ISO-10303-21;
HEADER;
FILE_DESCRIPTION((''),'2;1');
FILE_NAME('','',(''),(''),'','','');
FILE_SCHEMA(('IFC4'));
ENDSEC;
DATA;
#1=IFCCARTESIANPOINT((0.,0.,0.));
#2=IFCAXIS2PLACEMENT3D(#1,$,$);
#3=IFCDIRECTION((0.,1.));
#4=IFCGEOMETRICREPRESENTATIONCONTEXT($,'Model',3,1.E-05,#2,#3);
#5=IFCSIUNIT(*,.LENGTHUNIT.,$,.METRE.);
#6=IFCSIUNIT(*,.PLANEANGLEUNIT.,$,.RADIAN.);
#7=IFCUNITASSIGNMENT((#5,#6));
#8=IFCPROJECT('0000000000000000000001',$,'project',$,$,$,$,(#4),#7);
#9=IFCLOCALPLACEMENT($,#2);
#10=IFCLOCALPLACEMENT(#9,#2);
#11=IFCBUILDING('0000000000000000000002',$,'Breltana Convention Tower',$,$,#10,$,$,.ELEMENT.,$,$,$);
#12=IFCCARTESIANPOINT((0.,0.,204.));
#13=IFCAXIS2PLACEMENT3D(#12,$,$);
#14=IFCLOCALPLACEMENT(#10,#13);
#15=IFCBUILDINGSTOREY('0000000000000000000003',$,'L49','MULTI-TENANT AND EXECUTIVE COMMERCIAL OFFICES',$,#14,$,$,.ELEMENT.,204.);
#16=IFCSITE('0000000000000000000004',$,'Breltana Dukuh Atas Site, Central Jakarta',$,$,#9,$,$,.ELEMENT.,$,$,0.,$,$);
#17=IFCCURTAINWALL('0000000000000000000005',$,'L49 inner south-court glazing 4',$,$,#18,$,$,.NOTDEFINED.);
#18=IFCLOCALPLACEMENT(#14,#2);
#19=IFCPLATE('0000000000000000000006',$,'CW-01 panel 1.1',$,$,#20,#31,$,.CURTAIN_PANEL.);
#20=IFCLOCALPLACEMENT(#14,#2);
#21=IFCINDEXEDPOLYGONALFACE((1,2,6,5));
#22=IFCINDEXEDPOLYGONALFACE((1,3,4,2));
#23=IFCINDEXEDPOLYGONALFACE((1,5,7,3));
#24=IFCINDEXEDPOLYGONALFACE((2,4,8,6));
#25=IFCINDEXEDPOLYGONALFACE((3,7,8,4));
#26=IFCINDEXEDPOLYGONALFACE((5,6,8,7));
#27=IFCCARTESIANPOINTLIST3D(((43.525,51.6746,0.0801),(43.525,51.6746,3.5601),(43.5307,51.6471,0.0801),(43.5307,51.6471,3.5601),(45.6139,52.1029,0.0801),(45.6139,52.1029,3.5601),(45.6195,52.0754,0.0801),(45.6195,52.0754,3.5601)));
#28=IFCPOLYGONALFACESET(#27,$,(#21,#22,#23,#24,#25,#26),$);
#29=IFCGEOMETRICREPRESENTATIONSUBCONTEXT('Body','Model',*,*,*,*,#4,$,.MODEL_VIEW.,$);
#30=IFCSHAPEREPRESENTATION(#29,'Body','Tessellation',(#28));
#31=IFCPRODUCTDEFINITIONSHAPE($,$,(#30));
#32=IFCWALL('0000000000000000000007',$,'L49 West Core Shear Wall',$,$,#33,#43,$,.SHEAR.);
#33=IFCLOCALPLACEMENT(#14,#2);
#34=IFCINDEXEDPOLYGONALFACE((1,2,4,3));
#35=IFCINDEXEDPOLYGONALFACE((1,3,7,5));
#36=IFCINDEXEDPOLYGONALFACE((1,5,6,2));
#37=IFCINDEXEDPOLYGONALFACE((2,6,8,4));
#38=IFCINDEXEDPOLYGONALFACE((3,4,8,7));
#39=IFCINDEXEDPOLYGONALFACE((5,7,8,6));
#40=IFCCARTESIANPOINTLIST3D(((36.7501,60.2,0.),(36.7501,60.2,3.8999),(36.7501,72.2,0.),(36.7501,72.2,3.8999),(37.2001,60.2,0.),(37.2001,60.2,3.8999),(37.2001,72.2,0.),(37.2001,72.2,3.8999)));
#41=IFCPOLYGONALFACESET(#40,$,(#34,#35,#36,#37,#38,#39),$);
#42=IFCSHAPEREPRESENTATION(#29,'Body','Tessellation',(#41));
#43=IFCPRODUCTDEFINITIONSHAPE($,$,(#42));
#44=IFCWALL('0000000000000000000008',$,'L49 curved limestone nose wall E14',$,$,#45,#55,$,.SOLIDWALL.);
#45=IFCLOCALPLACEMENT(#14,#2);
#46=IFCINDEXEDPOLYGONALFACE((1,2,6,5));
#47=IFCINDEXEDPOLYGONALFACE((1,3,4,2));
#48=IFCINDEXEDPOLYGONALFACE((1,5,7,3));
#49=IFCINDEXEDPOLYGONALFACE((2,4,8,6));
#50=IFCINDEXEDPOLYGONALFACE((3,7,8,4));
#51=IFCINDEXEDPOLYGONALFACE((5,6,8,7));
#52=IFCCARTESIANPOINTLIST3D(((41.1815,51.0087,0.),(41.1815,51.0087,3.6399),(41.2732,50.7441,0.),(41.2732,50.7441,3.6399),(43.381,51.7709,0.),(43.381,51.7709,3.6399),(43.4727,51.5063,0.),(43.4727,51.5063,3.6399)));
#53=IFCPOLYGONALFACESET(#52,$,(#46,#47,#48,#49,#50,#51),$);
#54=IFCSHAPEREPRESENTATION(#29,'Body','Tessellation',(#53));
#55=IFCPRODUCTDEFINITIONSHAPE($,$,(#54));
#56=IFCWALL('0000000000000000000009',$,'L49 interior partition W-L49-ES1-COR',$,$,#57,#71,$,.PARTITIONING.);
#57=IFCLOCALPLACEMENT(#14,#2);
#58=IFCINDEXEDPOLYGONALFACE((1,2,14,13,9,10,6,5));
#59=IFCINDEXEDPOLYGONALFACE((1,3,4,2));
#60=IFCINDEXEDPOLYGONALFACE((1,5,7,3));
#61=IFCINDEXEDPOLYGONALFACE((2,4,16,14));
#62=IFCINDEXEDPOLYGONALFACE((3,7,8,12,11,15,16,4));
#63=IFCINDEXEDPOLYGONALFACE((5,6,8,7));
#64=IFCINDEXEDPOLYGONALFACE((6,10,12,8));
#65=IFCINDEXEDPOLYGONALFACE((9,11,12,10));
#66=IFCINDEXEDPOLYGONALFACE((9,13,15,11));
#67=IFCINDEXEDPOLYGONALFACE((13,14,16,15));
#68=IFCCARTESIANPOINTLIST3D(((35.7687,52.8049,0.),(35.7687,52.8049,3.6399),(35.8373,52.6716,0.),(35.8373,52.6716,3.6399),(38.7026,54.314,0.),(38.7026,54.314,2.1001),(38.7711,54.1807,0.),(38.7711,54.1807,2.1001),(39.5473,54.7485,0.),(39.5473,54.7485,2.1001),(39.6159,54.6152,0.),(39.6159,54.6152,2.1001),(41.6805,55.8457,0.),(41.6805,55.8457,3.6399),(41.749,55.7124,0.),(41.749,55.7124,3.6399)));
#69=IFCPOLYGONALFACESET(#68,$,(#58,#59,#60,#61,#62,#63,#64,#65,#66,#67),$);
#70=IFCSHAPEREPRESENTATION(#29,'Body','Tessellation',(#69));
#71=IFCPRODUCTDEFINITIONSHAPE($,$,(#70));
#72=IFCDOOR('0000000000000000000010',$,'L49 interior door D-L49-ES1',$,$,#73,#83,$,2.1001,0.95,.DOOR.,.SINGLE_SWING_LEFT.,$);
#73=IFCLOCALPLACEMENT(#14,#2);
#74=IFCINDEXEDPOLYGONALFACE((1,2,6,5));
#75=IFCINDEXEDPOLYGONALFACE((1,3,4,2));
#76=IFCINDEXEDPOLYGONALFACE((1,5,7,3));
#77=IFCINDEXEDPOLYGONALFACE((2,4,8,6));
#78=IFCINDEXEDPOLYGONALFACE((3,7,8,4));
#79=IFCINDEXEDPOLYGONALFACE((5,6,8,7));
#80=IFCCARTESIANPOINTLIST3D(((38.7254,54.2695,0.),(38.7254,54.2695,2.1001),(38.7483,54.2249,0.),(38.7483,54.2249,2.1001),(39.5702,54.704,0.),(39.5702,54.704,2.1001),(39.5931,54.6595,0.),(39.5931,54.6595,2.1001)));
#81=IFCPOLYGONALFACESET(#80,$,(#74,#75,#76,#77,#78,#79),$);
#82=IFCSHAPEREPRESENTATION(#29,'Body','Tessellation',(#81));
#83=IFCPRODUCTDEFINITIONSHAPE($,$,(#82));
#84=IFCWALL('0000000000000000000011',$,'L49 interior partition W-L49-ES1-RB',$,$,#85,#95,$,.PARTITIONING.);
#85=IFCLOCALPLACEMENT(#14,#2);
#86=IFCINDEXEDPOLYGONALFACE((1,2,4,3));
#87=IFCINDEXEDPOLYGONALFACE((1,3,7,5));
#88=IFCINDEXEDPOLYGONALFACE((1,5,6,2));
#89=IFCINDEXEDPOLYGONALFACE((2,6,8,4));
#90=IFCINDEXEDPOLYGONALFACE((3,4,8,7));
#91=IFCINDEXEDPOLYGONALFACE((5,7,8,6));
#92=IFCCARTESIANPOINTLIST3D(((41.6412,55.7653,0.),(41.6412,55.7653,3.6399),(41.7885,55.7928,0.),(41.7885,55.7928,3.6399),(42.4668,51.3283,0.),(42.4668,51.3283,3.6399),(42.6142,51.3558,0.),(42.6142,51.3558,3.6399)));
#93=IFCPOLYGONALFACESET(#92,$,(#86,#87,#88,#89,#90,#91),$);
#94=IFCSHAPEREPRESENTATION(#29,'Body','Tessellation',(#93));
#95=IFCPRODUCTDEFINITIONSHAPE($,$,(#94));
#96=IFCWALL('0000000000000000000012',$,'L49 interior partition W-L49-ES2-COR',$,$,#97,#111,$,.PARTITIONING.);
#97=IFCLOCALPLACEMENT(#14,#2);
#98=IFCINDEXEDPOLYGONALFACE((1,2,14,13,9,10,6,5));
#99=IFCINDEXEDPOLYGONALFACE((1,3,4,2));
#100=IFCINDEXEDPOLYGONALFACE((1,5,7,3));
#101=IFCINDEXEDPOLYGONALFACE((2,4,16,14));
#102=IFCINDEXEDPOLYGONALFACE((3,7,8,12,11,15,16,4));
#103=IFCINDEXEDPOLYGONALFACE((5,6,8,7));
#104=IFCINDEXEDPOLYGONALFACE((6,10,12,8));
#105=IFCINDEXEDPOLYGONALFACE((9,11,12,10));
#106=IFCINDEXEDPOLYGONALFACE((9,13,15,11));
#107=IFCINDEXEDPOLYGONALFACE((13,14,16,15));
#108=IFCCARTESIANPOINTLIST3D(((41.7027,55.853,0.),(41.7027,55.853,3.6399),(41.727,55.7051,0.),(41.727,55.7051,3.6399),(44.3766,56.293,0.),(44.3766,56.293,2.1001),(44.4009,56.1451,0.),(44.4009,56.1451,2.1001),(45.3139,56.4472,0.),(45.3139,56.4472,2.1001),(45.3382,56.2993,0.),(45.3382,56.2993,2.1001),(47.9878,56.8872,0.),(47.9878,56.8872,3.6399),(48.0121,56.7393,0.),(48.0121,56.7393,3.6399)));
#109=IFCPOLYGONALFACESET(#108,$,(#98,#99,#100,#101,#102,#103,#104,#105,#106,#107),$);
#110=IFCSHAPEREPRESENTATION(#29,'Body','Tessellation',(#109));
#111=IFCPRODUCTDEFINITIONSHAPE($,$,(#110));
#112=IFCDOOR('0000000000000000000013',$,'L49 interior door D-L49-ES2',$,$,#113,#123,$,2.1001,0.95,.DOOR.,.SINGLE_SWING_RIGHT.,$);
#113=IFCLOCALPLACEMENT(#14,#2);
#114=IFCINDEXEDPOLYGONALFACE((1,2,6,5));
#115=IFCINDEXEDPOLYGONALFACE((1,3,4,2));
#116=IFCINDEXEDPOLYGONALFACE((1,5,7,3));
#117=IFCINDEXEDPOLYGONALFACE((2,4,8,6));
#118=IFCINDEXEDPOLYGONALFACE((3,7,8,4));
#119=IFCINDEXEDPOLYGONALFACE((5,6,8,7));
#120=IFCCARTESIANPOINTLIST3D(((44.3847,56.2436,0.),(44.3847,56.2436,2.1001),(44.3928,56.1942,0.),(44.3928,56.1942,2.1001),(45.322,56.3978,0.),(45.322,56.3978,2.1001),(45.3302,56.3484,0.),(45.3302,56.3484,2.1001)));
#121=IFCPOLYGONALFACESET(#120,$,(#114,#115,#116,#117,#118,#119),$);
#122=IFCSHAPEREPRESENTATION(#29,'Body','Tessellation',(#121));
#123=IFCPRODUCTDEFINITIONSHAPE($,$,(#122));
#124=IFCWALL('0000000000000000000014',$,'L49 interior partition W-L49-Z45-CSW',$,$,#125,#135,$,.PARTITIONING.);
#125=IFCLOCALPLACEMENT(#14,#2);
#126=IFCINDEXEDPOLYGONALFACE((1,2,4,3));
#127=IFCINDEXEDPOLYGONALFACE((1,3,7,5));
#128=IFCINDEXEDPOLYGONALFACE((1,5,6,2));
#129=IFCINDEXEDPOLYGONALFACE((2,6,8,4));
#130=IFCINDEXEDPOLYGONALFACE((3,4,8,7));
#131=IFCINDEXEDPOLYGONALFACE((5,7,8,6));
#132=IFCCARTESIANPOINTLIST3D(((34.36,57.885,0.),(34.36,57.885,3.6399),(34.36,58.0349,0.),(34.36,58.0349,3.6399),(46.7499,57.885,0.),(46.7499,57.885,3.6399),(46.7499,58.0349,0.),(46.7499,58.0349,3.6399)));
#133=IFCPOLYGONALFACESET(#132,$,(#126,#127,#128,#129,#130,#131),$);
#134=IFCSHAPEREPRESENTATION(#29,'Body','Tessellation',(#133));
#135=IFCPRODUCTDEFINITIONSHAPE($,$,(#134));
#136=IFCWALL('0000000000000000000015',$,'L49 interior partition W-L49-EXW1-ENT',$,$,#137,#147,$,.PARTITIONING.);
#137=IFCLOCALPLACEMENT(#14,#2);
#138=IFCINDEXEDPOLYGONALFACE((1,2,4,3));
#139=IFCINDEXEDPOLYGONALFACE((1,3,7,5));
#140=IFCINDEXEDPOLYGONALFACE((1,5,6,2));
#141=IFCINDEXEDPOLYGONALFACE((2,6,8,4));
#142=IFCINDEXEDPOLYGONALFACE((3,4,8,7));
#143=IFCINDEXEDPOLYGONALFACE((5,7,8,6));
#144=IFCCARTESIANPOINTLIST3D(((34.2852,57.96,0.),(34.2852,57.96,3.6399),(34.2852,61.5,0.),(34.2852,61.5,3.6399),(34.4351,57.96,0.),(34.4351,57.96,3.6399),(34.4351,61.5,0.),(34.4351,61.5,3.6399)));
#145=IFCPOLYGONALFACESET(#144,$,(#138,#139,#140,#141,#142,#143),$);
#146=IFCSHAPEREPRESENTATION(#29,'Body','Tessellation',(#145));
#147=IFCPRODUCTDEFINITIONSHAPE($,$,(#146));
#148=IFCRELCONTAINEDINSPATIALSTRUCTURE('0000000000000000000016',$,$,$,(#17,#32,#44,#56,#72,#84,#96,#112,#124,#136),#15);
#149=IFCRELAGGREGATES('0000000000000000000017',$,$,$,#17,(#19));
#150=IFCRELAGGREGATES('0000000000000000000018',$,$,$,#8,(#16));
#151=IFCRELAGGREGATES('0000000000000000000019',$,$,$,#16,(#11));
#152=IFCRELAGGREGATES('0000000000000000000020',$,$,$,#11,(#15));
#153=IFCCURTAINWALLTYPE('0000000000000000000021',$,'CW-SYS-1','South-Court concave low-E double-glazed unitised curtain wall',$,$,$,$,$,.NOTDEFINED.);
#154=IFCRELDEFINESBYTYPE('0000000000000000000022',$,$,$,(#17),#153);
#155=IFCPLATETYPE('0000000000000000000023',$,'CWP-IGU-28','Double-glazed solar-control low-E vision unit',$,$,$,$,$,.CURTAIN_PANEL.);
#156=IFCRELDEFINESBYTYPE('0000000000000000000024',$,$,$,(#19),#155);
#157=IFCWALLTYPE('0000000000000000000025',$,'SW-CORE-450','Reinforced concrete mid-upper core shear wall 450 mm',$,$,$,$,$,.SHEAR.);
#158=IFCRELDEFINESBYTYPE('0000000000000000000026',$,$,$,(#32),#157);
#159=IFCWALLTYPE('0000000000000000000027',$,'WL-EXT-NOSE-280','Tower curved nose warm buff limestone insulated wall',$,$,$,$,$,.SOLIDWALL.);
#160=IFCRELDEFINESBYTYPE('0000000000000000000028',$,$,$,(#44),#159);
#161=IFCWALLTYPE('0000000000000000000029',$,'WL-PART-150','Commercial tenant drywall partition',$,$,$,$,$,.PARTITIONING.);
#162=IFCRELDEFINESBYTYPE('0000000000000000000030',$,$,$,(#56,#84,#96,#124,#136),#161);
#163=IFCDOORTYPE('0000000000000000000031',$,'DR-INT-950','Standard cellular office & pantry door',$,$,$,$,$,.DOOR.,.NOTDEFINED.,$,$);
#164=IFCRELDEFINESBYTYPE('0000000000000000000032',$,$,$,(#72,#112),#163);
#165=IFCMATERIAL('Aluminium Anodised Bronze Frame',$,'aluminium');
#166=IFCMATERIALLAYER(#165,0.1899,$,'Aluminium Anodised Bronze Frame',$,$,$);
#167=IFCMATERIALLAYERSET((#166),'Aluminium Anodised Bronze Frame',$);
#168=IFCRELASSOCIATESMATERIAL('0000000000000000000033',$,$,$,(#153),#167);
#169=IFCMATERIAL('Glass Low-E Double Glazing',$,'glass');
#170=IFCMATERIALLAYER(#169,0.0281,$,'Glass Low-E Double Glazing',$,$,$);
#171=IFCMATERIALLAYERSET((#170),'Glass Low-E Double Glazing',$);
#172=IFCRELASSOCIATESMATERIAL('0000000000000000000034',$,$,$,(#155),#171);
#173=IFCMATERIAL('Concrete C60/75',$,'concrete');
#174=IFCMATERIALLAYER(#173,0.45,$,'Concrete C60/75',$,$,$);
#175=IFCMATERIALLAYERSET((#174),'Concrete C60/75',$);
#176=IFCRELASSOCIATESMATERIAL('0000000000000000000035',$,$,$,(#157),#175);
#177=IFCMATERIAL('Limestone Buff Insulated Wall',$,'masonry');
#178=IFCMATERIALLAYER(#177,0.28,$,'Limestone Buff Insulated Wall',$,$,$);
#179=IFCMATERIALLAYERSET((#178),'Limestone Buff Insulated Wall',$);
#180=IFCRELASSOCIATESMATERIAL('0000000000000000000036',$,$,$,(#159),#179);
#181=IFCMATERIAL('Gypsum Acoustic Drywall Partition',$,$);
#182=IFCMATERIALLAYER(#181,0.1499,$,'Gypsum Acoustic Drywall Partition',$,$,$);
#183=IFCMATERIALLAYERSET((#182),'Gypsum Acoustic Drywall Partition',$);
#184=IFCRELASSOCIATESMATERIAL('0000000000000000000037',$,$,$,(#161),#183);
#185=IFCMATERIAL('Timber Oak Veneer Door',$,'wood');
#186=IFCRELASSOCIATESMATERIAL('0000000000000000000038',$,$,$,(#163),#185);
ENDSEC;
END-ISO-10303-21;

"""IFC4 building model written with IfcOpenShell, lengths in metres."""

from ifc_helpers import new_model, si_unit, direction, frame, frame_2d, origin, origin_2d, place, context, subcontext, project, spatial, rectangle, extrude, source, transform, mapped, material, layer, layer_set, type_object, type_shapes, element, fill, aggregate, save


model = new_model("IFC4")

# Units and contexts
model_context = context("Model", 3, precision=1e-05, world=origin(), true_north=direction((0.0, 1.0)))
body_context = subcontext(model_context, "Body", "Model", "MODEL_VIEW")
ifc_project = project(units=[si_unit("LENGTHUNIT", "METRE"), si_unit("PLANEANGLEUNIT", "RADIAN")], contexts=[model_context])

# Site, building, storey
site_placement = place(None, origin())
site = spatial("IfcSite", under=ifc_project, at=site_placement, Name="Breltana Dukuh Atas Site, Central Jakarta", CompositionType="ELEMENT", RefElevation=0.0)
building_placement = place(site_placement, origin())
building = spatial("IfcBuilding", under=site, at=building_placement, Name="Breltana Convention Tower", CompositionType="ELEMENT")
storey_placement = place(building_placement, frame((0.0, 0.0, 204.0)))
storey = spatial("IfcBuildingStorey", under=building, at=storey_placement, Name="L49", Description="MULTI-TENANT AND EXECUTIVE COMMERCIAL OFFICES", CompositionType="ELEMENT", Elevation=204.0)

# Curtain wall, plate
ifc_material_1 = material(Name="Aluminium Anodised Bronze Frame", Category="aluminium")
ifc_layer_1 = layer(ifc_material_1, 0.1899, Name="Aluminium Anodised Bronze Frame")
ifc_layer_set_1 = layer_set([ifc_layer_1], Name="Aluminium Anodised Bronze Frame")
curtain_wall_type = type_object("IfcCurtainWallType", Name="CW-SYS-1", Description="South-Court concave low-E double-glazed unitised curtain wall", PredefinedType="NOTDEFINED", material=ifc_layer_set_1)
curtain_wall_placement = place(storey_placement, origin())
curtain_wall = element("IfcCurtainWall", 1, at=curtain_wall_placement, inside=storey, type_object=curtain_wall_type, Name="L49 inner south-court glazing 4", PredefinedType="NOTDEFINED")
ifc_material_2 = material(Name="Glass Low-E Double Glazing", Category="glass")
ifc_layer_2 = layer(ifc_material_2, 0.0281, Name="Glass Low-E Double Glazing")
ifc_layer_set_2 = layer_set([ifc_layer_2], Name="Glass Low-E Double Glazing")
plate_type = type_object("IfcPlateType", Name="CWP-IGU-28", Description="Double-glazed solar-control low-E vision unit", PredefinedType="CURTAIN_PANEL", material=ifc_layer_set_2)
shared_shape_1 = source(origin(), body_context, "Body", "SweptSolid", [
    extrude(rectangle(XDim=2.1323, YDim=0.0281, at=origin_2d()), origin(), (0.0, 0.0, 1.0), 3.48),
])
plate_placement = place(storey_placement, frame((44.5723, 51.875, 0.0801), z_axis=(0.0, 0.0, 1.0), x_axis=(-0.979621, -0.200854, 0.0)))
plate = element("IfcPlate", 2, at=plate_placement, type_object=plate_type, Name="CW-01 panel 1.1", PredefinedType="CURTAIN_PANEL", context=body_context, shape_type="MappedRepresentation", body=[
    mapped(shared_shape_1, transform((0.0, 0.0, 0.0), scale=1.0)),
])
aggregate(curtain_wall, [plate])

# Wall
ifc_material_3 = material(Name="Concrete C60/75", Category="concrete")
ifc_layer_3 = layer(ifc_material_3, 0.45, Name="Concrete C60/75")
ifc_layer_set_3 = layer_set([ifc_layer_3], Name="Concrete C60/75")
wall_type_1 = type_object("IfcWallType", Name="SW-CORE-450", Description="Reinforced concrete mid-upper core shear wall 450 mm", PredefinedType="SHEAR", material=ifc_layer_set_3)
shared_shape_2 = source(origin(), body_context, "Body", "SweptSolid", [
    extrude(rectangle(XDim=12.0, YDim=0.45, at=frame_2d((6.0, 0.0))), origin(), (0.0, 0.0, 1.0), 3.8999),
])
wall_1_placement = place(storey_placement, frame((36.9751, 60.2, 0.0), z_axis=(0.0, 0.0, 1.0), x_axis=(0.0, 1.0, 0.0)))
element("IfcWall", 3, at=wall_1_placement, inside=storey, type_object=wall_type_1, Name="L49 West Core Shear Wall", PredefinedType="SHEAR", context=body_context, shape_type="MappedRepresentation", body=[
    mapped(shared_shape_2, transform((0.0, 0.0, 0.0), scale=1.0)),
])

# Wall
ifc_material_4 = material(Name="Limestone Buff Insulated Wall", Category="masonry")
ifc_layer_4 = layer(ifc_material_4, 0.28, Name="Limestone Buff Insulated Wall")
ifc_layer_set_4 = layer_set([ifc_layer_4], Name="Limestone Buff Insulated Wall")
wall_type_2 = type_object("IfcWallType", Name="WL-EXT-NOSE-280", Description="Tower curved nose warm buff limestone insulated wall", PredefinedType="SOLIDWALL", material=ifc_layer_set_4)
shared_shape_3 = source(origin(), body_context, "Body", "SweptSolid", [
    extrude(rectangle(XDim=2.3279, YDim=0.28, at=frame_2d((1.1641, 0.0))), origin(), (0.0, 0.0, 1.0), 3.6399),
])
wall_2_placement = place(storey_placement, frame((43.427, 51.6387, 0.0), z_axis=(0.0, 0.0, 1.0), x_axis=(-0.944873, -0.327438, 0.0)))
element("IfcWall", 4, at=wall_2_placement, inside=storey, type_object=wall_type_2, Name="L49 curved limestone nose wall E14", PredefinedType="SOLIDWALL", context=body_context, shape_type="MappedRepresentation", body=[
    mapped(shared_shape_3, transform((0.0, 0.0, 0.0), scale=1.0)),
])

# Wall, opening, door
ifc_material_5 = material(Name="Gypsum Acoustic Drywall Partition")
ifc_layer_5 = layer(ifc_material_5, 0.1499, Name="Gypsum Acoustic Drywall Partition")
ifc_layer_set_5 = layer_set([ifc_layer_5], Name="Gypsum Acoustic Drywall Partition")
wall_type_3 = type_object("IfcWallType", Name="WL-PART-150", Description="Commercial tenant drywall partition", PredefinedType="PARTITIONING", material=ifc_layer_set_5)
shared_shape_4 = source(origin(), body_context, "Body", "SweptSolid", [
    extrude(rectangle(XDim=6.6479, YDim=0.1499, at=frame_2d((3.324, 0.0))), origin(), (0.0, 0.0, 1.0), 3.6399),
])
wall_3_placement = place(storey_placement, frame((35.803, 52.7383, 0.0), z_axis=(0.0, 0.0, 1.0), x_axis=(0.889264, 0.457394, 0.0)))
wall_3 = element("IfcWall", 5, at=wall_3_placement, inside=storey, type_object=wall_type_3, Name="L49 interior partition W-L49-ES1-COR", PredefinedType="PARTITIONING", context=body_context, shape_type="MappedRepresentation", body=[
    mapped(shared_shape_4, transform((0.0, 0.0, 0.0), scale=1.0)),
])
opening_1_placement = place(wall_3_placement, frame((3.2991, 0.0, 0.0)))
opening_1 = element("IfcOpeningElement", 6, at=opening_1_placement, cuts=wall_3, PredefinedType="OPENING", context=body_context, shape_type="SweptSolid", body=[
    extrude(rectangle(XDim=0.95, YDim=2.1001, at=frame_2d((0.4751, 1.05))), frame((0.0, 0.085, 0.0), z_axis=(0.0, -1.0, 0.0), x_axis=(1.0, 0.0, 0.0)), (0.0, 0.0, 1.0), 0.1699),
])
ifc_material_6 = material(Name="Timber Oak Veneer Door", Category="wood")
door_type_1 = type_object("IfcDoorType", Name="DR-INT-950", Description="Standard cellular office & pantry door", OperationType="NOTDEFINED", PredefinedType="DOOR", material=ifc_material_6)
shared_shape_5 = source(origin(), body_context, "Body", "SweptSolid", [
    extrude(rectangle(XDim=0.95, YDim=2.1001, at=frame_2d((0.4751, 1.05))), frame((0.0, 0.0249, 0.0), z_axis=(0.0, -1.0, 0.0), x_axis=(1.0, 0.0, 0.0)), (0.0, 0.0, 1.0), 0.05),
])
type_shapes(door_type_1, [shared_shape_5])
door_1_placement = place(opening_1_placement, origin())
door_1 = element("IfcDoor", 7, at=door_1_placement, inside=storey, type_object=door_type_1, Name="L49 interior door D-L49-ES1", OperationType="SINGLE_SWING_LEFT", OverallHeight=2.1001, OverallWidth=0.95, PredefinedType="DOOR", context=body_context, shape_type="MappedRepresentation", body=[
    mapped(shared_shape_5, transform((0.0, 0.0, 0.0), scale=1.0)),
])
fill(opening_1, door_1)

# Wall
shared_shape_6 = source(origin(), body_context, "Body", "SweptSolid", [
    extrude(rectangle(XDim=4.5132, YDim=0.1499, at=frame_2d((2.2566, 0.0))), origin(), (0.0, 0.0, 1.0), 3.6399),
])
wall_4_placement = place(storey_placement, frame((42.5405, 51.342, 0.0), z_axis=(0.0, 0.0, 1.0), x_axis=(-0.182949, 0.983122, 0.0)))
element("IfcWall", 8, at=wall_4_placement, inside=storey, type_object=wall_type_3, Name="L49 interior partition W-L49-ES1-RB", PredefinedType="PARTITIONING", context=body_context, shape_type="MappedRepresentation", body=[
    mapped(shared_shape_6, transform((0.0, 0.0, 0.0), scale=1.0)),
])

# Wall, opening, door
shared_shape_7 = source(origin(), body_context, "Body", "SweptSolid", [
    extrude(rectangle(XDim=6.3696, YDim=0.1499, at=frame_2d((3.1848, 0.0))), origin(), (0.0, 0.0, 1.0), 3.6399),
])
wall_5_placement = place(storey_placement, frame((41.7148, 55.7791, 0.0), z_axis=(0.0, 0.0, 1.0), x_axis=(0.986732, 0.16236, 0.0)))
wall_5 = element("IfcWall", 9, at=wall_5_placement, inside=storey, type_object=wall_type_3, Name="L49 interior partition W-L49-ES2-COR", PredefinedType="PARTITIONING", context=body_context, shape_type="MappedRepresentation", body=[
    mapped(shared_shape_7, transform((0.0, 0.0, 0.0), scale=1.0)),
])
opening_2_placement = place(wall_5_placement, frame((2.7097, 0.0, 0.0)))
opening_2 = element("IfcOpeningElement", 10, at=opening_2_placement, cuts=wall_5, PredefinedType="OPENING", context=body_context, shape_type="SweptSolid", body=[
    extrude(rectangle(XDim=0.95, YDim=2.1001, at=frame_2d((0.4751, 1.05))), frame((0.0, 0.085, 0.0), z_axis=(0.0, -1.0, 0.0), x_axis=(1.0, 0.0, 0.0)), (0.0, 0.0, 1.0), 0.1699),
])
door_2_placement = place(opening_2_placement, origin())
door_2 = element("IfcDoor", 11, at=door_2_placement, inside=storey, type_object=door_type_1, Name="L49 interior door D-L49-ES2", OperationType="SINGLE_SWING_RIGHT", OverallHeight=2.1001, OverallWidth=0.95, PredefinedType="DOOR", context=body_context, shape_type="MappedRepresentation", body=[
    mapped(shared_shape_5, transform((0.0, 0.0, 0.0), scale=1.0)),
])
fill(opening_2, door_2)

# Walls
shared_shape_8 = source(origin(), body_context, "Body", "SweptSolid", [
    extrude(rectangle(XDim=12.3899, YDim=0.1499, at=frame_2d((6.1948, 0.0))), origin(), (0.0, 0.0, 1.0), 3.6399),
])
wall_6_placement = place(storey_placement, frame((34.3601, 57.96, 0.0), z_axis=(0.0, 0.0, 1.0), x_axis=(1.0, 0.0, 0.0)))
element("IfcWall", 12, at=wall_6_placement, inside=storey, type_object=wall_type_3, Name="L49 interior partition W-L49-Z45-CSW", PredefinedType="PARTITIONING", context=body_context, shape_type="MappedRepresentation", body=[
    mapped(shared_shape_8, transform((0.0, 0.0, 0.0), scale=1.0)),
])
shared_shape_9 = source(origin(), body_context, "Body", "SweptSolid", [
    extrude(rectangle(XDim=3.54, YDim=0.1499, at=frame_2d((1.77, 0.0))), origin(), (0.0, 0.0, 1.0), 3.6399),
])
wall_7_placement = place(storey_placement, frame((34.3601, 57.96, 0.0), z_axis=(0.0, 0.0, 1.0), x_axis=(0.0, 1.0, 0.0)))
element("IfcWall", 13, at=wall_7_placement, inside=storey, type_object=wall_type_3, Name="L49 interior partition W-L49-EXW1-ENT", PredefinedType="PARTITIONING", context=body_context, shape_type="MappedRepresentation", body=[
    mapped(shared_shape_9, transform((0.0, 0.0, 0.0), scale=1.0)),
])

save(model, "model.ifc")
